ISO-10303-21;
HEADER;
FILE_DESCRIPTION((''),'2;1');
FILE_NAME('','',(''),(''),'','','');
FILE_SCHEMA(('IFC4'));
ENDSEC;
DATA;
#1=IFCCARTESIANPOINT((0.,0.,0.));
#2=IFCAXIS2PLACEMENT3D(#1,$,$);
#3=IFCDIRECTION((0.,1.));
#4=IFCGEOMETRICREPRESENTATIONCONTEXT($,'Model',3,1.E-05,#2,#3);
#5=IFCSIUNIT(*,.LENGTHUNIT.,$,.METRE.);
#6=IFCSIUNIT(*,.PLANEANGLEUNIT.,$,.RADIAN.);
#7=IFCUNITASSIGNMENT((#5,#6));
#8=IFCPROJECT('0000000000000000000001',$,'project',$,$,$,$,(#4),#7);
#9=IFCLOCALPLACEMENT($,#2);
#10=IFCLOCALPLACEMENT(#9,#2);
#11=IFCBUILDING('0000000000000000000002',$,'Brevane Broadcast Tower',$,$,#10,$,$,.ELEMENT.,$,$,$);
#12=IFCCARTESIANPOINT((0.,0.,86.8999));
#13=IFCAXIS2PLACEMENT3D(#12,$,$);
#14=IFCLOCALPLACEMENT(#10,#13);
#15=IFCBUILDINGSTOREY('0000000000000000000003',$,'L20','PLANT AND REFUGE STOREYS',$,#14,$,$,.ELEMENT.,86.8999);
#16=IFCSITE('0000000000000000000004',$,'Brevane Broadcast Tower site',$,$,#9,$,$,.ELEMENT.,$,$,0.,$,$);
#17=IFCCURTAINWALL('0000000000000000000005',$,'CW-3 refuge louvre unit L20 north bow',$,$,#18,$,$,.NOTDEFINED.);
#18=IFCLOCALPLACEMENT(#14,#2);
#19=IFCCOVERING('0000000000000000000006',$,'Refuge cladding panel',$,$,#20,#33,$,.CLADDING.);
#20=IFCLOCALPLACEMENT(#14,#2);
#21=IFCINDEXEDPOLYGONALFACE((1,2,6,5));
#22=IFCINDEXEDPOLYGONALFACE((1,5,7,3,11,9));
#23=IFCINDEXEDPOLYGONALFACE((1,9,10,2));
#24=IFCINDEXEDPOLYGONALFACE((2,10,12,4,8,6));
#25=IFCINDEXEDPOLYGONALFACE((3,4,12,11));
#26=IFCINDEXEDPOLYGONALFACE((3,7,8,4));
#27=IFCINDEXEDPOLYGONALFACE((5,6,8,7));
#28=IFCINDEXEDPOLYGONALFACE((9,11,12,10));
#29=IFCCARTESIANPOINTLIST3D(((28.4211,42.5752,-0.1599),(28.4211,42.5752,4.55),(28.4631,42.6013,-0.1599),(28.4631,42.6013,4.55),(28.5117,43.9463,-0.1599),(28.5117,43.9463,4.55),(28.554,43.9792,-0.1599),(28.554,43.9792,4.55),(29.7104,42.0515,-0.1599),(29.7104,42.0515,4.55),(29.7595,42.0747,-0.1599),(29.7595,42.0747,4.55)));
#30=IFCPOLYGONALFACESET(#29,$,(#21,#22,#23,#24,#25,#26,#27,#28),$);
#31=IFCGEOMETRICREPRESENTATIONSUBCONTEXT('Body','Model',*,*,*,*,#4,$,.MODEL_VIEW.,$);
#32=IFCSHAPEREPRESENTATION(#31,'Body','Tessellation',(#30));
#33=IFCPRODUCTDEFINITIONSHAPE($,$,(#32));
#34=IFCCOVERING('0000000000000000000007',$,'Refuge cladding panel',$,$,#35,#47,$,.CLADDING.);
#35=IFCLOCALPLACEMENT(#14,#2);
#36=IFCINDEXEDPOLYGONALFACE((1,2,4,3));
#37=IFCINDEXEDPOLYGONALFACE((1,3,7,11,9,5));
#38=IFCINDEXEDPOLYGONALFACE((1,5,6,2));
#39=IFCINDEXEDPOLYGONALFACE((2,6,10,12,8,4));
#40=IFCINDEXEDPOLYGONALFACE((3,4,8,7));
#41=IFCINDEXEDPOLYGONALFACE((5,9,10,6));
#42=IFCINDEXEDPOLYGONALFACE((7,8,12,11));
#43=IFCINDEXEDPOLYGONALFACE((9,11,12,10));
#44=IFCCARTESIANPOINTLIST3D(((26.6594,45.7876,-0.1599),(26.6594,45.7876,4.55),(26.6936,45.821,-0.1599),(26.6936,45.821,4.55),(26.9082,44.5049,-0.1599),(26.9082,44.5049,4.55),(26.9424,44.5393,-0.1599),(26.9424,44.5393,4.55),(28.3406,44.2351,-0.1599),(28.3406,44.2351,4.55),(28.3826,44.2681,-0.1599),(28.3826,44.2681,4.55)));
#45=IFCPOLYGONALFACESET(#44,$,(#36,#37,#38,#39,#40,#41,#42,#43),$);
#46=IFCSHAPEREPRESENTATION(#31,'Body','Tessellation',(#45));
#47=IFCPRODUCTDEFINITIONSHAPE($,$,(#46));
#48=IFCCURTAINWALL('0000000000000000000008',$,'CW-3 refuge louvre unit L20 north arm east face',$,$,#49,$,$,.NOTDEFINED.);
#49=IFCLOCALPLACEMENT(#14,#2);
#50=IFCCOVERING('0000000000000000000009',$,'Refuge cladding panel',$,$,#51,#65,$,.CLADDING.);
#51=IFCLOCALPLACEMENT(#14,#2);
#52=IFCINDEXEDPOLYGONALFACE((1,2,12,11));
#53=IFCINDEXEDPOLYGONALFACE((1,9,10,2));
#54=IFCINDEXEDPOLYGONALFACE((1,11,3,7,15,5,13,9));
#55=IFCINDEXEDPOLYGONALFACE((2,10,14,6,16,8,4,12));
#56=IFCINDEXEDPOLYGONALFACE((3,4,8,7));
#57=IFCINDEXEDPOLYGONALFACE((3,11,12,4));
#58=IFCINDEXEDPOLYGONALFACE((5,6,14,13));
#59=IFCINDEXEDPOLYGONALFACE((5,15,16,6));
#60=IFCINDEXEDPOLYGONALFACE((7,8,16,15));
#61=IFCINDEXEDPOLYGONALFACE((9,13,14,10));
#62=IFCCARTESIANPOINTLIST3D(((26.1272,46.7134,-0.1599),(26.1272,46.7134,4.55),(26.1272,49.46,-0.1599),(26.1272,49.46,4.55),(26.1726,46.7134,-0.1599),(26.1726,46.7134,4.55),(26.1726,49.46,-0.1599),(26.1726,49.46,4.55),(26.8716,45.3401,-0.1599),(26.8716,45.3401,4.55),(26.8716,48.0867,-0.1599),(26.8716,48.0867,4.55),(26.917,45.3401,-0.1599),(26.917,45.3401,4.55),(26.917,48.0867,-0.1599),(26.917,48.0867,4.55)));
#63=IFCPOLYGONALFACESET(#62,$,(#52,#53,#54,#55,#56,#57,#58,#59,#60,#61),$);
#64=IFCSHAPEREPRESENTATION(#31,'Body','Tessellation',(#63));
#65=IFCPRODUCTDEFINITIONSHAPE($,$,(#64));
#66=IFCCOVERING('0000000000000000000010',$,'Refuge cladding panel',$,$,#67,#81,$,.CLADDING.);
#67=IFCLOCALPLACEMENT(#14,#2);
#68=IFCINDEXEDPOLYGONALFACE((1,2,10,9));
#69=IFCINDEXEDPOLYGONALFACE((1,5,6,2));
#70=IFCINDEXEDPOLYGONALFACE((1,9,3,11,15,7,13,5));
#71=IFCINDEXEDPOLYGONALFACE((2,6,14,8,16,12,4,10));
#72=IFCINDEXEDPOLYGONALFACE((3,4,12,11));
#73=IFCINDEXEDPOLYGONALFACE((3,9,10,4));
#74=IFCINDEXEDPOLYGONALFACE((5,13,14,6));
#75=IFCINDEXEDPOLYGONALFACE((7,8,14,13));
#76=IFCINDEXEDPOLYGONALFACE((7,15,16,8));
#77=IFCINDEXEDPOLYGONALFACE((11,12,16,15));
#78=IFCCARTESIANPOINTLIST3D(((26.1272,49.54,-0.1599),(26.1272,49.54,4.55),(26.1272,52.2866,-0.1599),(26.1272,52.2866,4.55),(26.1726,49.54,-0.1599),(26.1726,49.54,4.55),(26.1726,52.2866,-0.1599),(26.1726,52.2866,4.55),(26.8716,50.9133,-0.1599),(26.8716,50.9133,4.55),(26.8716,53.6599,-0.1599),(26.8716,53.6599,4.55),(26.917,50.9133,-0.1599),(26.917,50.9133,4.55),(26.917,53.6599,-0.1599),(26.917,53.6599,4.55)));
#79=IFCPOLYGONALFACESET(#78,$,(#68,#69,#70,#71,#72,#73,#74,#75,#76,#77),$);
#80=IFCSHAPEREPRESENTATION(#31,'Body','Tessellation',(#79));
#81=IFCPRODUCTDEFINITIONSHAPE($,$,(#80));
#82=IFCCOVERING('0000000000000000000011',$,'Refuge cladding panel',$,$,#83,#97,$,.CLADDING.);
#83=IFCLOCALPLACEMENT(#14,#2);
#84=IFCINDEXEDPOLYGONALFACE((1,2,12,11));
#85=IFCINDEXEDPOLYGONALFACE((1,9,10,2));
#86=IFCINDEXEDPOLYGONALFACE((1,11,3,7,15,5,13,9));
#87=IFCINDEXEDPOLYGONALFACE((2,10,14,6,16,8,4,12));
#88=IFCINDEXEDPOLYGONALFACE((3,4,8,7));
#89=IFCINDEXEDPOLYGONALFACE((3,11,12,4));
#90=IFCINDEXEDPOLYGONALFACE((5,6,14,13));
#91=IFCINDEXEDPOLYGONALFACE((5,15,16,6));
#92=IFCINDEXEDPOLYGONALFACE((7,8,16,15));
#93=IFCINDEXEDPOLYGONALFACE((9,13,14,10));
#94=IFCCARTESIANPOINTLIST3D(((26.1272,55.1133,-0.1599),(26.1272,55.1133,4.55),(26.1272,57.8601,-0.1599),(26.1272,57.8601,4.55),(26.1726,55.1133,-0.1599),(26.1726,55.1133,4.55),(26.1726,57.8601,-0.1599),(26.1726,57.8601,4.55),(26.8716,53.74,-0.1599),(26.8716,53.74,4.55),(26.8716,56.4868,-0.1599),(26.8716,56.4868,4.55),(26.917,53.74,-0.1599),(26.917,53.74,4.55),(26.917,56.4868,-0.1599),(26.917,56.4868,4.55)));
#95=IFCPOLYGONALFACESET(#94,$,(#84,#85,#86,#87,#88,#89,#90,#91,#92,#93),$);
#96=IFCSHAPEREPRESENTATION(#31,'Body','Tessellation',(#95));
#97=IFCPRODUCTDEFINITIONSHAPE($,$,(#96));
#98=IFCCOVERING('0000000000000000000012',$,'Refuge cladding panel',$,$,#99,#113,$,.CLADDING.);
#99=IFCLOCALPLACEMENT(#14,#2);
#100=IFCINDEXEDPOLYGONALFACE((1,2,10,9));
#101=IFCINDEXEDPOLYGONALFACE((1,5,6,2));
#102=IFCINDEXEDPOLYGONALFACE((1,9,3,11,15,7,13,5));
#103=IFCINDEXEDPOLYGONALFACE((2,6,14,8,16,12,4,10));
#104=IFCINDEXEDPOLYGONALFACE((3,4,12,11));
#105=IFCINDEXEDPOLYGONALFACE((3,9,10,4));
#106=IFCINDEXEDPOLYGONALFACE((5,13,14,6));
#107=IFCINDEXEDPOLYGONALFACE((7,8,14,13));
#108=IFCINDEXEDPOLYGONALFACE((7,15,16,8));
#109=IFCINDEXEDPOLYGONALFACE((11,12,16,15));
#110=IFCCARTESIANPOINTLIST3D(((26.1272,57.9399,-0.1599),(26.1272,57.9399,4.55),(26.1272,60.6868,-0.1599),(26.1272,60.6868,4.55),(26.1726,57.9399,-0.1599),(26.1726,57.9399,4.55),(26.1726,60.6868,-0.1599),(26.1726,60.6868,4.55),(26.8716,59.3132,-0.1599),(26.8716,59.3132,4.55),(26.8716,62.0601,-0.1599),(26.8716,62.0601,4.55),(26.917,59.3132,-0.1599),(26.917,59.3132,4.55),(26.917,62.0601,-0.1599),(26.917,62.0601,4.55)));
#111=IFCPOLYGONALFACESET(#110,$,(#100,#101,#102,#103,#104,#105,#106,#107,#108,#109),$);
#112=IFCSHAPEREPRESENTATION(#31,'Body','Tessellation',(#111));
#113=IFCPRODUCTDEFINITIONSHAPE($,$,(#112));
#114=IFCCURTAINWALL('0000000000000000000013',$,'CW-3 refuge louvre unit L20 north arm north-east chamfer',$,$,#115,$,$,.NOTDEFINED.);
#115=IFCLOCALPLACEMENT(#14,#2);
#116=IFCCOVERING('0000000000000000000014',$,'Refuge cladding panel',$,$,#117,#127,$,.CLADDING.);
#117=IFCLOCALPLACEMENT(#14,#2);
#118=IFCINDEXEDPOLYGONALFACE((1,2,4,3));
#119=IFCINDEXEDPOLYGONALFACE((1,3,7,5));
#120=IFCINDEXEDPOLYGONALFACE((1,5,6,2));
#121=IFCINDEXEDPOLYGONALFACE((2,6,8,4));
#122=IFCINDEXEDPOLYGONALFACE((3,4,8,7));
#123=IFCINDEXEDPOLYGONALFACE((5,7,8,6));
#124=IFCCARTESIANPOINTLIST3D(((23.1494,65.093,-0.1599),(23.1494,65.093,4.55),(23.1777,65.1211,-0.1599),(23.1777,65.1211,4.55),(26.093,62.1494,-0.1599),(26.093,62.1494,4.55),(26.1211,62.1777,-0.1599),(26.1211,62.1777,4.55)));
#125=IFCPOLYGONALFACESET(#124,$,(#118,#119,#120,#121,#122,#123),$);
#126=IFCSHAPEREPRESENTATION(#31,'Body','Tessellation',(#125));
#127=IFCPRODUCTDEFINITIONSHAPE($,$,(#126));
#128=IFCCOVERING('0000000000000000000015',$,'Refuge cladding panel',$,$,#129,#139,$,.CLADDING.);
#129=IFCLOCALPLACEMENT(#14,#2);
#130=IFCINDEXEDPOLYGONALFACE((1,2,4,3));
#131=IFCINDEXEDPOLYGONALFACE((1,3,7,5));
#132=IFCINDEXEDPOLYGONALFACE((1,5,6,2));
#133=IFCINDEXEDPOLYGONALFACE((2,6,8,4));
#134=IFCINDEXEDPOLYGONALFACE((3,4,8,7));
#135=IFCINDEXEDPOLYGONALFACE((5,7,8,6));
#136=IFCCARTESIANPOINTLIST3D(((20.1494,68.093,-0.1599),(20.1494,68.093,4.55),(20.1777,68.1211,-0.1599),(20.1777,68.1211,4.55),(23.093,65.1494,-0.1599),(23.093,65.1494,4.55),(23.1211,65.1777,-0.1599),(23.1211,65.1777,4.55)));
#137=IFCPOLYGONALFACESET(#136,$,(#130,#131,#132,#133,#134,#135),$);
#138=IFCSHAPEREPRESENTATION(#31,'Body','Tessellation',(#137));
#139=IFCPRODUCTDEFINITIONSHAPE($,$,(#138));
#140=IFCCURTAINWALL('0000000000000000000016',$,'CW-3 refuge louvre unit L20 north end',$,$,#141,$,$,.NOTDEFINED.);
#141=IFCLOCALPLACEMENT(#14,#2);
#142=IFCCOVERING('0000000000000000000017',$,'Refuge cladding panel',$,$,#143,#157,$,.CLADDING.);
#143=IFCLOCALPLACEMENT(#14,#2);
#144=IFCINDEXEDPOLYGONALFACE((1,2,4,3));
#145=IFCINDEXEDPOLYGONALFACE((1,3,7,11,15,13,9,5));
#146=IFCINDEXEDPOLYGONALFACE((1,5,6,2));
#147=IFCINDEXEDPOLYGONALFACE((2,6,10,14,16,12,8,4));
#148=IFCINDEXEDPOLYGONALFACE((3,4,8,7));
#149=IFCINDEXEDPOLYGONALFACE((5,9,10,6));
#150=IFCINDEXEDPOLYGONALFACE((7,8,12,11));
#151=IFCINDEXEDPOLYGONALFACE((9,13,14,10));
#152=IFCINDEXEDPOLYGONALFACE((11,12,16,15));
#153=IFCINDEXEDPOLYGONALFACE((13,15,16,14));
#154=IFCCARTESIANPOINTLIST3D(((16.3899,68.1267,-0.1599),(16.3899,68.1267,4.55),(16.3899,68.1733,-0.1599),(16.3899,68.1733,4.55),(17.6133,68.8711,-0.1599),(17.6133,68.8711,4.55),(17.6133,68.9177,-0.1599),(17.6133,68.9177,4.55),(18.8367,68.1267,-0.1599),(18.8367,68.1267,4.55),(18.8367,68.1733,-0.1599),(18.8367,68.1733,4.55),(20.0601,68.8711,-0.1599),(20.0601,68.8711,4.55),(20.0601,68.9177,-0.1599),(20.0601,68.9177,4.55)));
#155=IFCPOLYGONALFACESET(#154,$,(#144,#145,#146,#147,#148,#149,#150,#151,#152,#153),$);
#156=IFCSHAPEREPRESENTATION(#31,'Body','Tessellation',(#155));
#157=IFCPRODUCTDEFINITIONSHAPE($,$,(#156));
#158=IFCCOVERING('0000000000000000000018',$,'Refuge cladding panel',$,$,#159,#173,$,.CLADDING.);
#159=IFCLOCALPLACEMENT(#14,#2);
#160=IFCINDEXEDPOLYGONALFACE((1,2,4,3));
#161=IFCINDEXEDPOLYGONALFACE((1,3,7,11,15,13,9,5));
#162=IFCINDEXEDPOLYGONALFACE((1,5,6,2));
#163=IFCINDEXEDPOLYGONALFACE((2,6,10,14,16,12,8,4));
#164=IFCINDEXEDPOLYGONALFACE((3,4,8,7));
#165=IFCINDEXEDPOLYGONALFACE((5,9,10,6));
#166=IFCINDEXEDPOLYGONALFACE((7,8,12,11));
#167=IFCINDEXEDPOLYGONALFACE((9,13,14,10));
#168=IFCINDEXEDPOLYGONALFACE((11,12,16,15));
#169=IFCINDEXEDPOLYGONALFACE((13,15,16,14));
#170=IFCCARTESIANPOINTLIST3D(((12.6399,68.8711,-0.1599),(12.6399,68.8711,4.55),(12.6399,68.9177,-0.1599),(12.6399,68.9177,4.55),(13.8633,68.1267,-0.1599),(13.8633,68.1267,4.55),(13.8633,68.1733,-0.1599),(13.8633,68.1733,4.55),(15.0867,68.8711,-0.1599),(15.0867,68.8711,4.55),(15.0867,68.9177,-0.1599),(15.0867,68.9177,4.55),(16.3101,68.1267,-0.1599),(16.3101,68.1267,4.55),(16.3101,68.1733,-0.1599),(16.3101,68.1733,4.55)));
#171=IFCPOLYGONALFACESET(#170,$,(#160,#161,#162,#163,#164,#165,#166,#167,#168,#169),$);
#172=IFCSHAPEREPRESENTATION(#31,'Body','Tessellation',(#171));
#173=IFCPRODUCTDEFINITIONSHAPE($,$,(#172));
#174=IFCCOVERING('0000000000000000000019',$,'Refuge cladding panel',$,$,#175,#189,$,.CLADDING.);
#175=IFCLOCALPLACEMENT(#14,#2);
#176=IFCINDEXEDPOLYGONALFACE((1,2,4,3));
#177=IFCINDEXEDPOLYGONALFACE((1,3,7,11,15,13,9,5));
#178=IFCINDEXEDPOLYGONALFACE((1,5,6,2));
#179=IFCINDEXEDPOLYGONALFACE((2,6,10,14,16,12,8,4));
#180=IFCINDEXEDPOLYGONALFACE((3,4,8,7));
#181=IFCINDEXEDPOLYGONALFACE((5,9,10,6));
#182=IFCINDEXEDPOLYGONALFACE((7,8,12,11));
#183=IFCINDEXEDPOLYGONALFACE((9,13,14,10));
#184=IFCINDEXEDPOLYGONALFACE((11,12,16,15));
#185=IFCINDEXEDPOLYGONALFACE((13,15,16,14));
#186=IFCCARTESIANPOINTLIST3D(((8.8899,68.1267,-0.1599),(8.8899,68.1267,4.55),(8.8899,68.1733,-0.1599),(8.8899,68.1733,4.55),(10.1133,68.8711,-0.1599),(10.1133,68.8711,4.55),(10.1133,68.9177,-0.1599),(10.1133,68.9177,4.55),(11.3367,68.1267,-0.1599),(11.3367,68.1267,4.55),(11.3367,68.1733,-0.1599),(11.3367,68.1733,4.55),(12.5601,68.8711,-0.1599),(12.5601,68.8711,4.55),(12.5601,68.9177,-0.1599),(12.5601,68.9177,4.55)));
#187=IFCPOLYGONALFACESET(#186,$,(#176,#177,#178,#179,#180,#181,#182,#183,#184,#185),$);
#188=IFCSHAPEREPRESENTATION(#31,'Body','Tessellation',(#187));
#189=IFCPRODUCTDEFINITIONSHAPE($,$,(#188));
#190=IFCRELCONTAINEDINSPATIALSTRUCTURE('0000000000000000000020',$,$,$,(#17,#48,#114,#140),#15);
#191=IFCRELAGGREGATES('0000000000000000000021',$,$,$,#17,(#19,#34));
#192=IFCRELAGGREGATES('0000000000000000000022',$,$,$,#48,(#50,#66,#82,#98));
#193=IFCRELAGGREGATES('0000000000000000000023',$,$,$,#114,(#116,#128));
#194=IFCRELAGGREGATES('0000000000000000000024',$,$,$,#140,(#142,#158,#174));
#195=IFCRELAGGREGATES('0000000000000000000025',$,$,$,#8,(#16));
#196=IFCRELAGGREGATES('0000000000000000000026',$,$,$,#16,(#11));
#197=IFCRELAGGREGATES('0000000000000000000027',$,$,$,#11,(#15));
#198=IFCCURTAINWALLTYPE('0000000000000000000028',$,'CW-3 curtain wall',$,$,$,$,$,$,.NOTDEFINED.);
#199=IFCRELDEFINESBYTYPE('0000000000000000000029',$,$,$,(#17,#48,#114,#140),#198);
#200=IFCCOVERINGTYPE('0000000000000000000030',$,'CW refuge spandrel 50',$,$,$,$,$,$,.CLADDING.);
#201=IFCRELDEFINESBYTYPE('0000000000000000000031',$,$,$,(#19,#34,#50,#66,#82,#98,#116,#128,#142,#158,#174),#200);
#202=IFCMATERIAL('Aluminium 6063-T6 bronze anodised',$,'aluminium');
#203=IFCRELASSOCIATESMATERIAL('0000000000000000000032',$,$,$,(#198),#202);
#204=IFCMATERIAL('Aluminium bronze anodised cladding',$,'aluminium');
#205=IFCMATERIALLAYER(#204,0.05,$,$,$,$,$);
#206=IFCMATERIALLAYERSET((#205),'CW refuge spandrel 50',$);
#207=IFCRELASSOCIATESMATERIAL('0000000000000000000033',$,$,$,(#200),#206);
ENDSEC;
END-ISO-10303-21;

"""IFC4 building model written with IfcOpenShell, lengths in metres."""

from ifc_helpers import new_model, si_unit, direction, frame, origin, place, context, subcontext, project, spatial, polyline, outline, extrude, material, layer, layer_set, type_object, element, aggregate, save


model = new_model("IFC4")

# Units and contexts
model_context = context("Model", 3, precision=1e-05, world=origin(), true_north=direction((0.0, 1.0)))
body_context = subcontext(model_context, "Body", "Model", "MODEL_VIEW")
ifc_project = project(units=[si_unit("LENGTHUNIT", "METRE"), si_unit("PLANEANGLEUNIT", "RADIAN")], contexts=[model_context])

# Site, building, storey
site_placement = place(None, origin())
site = spatial("IfcSite", under=ifc_project, at=site_placement, Name="Brevane Broadcast Tower site", CompositionType="ELEMENT", RefElevation=0.0)
building_placement = place(site_placement, origin())
building = spatial("IfcBuilding", under=site, at=building_placement, Name="Brevane Broadcast Tower", CompositionType="ELEMENT")
storey_placement = place(building_placement, frame((0.0, 0.0, 86.8999)))
storey = spatial("IfcBuildingStorey", under=building, at=storey_placement, Name="L20", Description="PLANT AND REFUGE STOREYS", CompositionType="ELEMENT", Elevation=86.8999)

# Shared definitions
ifc_material_1 = material(Name="Aluminium 6063-T6 bronze anodised", Category="aluminium")
curtain_wall_type = type_object("IfcCurtainWallType", Name="CW-3 curtain wall", PredefinedType="NOTDEFINED", material=ifc_material_1)

# Shared definitions
ifc_material_2 = material(Name="Aluminium bronze anodised cladding", Category="aluminium")
ifc_layer = layer(ifc_material_2, 0.05)
ifc_layer_set = layer_set([ifc_layer], Name="CW refuge spandrel 50")
covering_type = type_object("IfcCoveringType", Name="CW refuge spandrel 50", PredefinedType="CLADDING", material=ifc_layer_set)

# Curtain walls, coverings
curtain_wall_1_placement = place(storey_placement, origin())
curtain_wall_1 = element("IfcCurtainWall", 1, at=curtain_wall_1_placement, inside=storey, type_object=curtain_wall_type, Name="CW-3 refuge louvre unit L20 north bow", PredefinedType="NOTDEFINED")
covering_1_placement = place(storey_placement, frame((0.0, 0.0, -0.1599)))
covering_1 = element("IfcCovering", 2, at=covering_1_placement, type_object=covering_type, Name="Refuge cladding panel", PredefinedType="CLADDING", context=body_context, shape_type="SweptSolid", body=[
    extrude(outline(polyline([(29.7104, 42.0515), (29.7595, 42.0747), (28.4631, 42.6013), (28.554, 43.9792), (28.5117, 43.9463), (28.4211, 42.5752), (29.7104, 42.0515)])), origin(), (0.0, 0.0, 1.0), 4.71),
])
covering_2_placement = place(storey_placement, frame((0.0, 0.0, -0.1599)))
covering_2 = element("IfcCovering", 3, at=covering_2_placement, type_object=covering_type, Name="Refuge cladding panel", PredefinedType="CLADDING", context=body_context, shape_type="SweptSolid", body=[
    extrude(outline(polyline([(28.3406, 44.2351), (28.3826, 44.2681), (26.9424, 44.5393), (26.6936, 45.821), (26.6594, 45.7876), (26.9082, 44.5049), (28.3406, 44.2351)])), origin(), (0.0, 0.0, 1.0), 4.71),
])
aggregate(curtain_wall_1, [covering_1, covering_2])
curtain_wall_2_placement = place(storey_placement, origin())
curtain_wall_2 = element("IfcCurtainWall", 4, at=curtain_wall_2_placement, inside=storey, type_object=curtain_wall_type, Name="CW-3 refuge louvre unit L20 north arm east face", PredefinedType="NOTDEFINED")
covering_3_placement = place(storey_placement, frame((0.0, 0.0, -0.1599)))
covering_3 = element("IfcCovering", 5, at=covering_3_placement, type_object=covering_type, Name="Refuge cladding panel", PredefinedType="CLADDING", context=body_context, shape_type="SweptSolid", body=[
    extrude(outline(polyline([(26.8716, 45.3401), (26.917, 45.3401), (26.1726, 46.7134), (26.917, 48.0867), (26.1726, 49.46), (26.1272, 49.46), (26.8716, 48.0867), (26.1272, 46.7134), (26.8716, 45.3401)])), origin(), (0.0, 0.0, 1.0), 4.71),
])
covering_4_placement = place(storey_placement, frame((0.0, 0.0, -0.1599)))
covering_4 = element("IfcCovering", 6, at=covering_4_placement, type_object=covering_type, Name="Refuge cladding panel", PredefinedType="CLADDING", context=body_context, shape_type="SweptSolid", body=[
    extrude(outline(polyline([(26.1272, 49.54), (26.1726, 49.54), (26.917, 50.9133), (26.1726, 52.2866), (26.917, 53.6599), (26.8716, 53.6599), (26.1272, 52.2866), (26.8716, 50.9133), (26.1272, 49.54)])), origin(), (0.0, 0.0, 1.0), 4.71),
])
covering_5_placement = place(storey_placement, frame((0.0, 0.0, -0.1599)))
covering_5 = element("IfcCovering", 7, at=covering_5_placement, type_object=covering_type, Name="Refuge cladding panel", PredefinedType="CLADDING", context=body_context, shape_type="SweptSolid", body=[
    extrude(outline(polyline([(26.8716, 53.74), (26.917, 53.74), (26.1726, 55.1133), (26.917, 56.4868), (26.1726, 57.8601), (26.1272, 57.8601), (26.8716, 56.4868), (26.1272, 55.1133), (26.8716, 53.74)])), origin(), (0.0, 0.0, 1.0), 4.71),
])
covering_6_placement = place(storey_placement, frame((0.0, 0.0, -0.1599)))
covering_6 = element("IfcCovering", 8, at=covering_6_placement, type_object=covering_type, Name="Refuge cladding panel", PredefinedType="CLADDING", context=body_context, shape_type="SweptSolid", body=[
    extrude(outline(polyline([(26.1272, 57.9399), (26.1726, 57.9399), (26.917, 59.3132), (26.1726, 60.6868), (26.917, 62.0601), (26.8716, 62.0601), (26.1272, 60.6868), (26.8716, 59.3132), (26.1272, 57.9399)])), origin(), (0.0, 0.0, 1.0), 4.71),
])
aggregate(curtain_wall_2, [covering_3, covering_4, covering_5, covering_6])
curtain_wall_3_placement = place(storey_placement, origin())
curtain_wall_3 = element("IfcCurtainWall", 9, at=curtain_wall_3_placement, inside=storey, type_object=curtain_wall_type, Name="CW-3 refuge louvre unit L20 north arm north-east chamfer", PredefinedType="NOTDEFINED")
covering_7_placement = place(storey_placement, frame((0.0, 0.0, -0.1599)))
covering_7 = element("IfcCovering", 10, at=covering_7_placement, type_object=covering_type, Name="Refuge cladding panel", PredefinedType="CLADDING", context=body_context, shape_type="SweptSolid", body=[
    extrude(outline(polyline([(26.093, 62.1494), (23.1494, 65.093), (23.1777, 65.1211), (26.1211, 62.1777), (26.093, 62.1494)])), origin(), (0.0, 0.0, 1.0), 4.71),
])
covering_8_placement = place(storey_placement, frame((0.0, 0.0, -0.1599)))
covering_8 = element("IfcCovering", 11, at=covering_8_placement, type_object=covering_type, Name="Refuge cladding panel", PredefinedType="CLADDING", context=body_context, shape_type="SweptSolid", body=[
    extrude(outline(polyline([(23.093, 65.1494), (20.1494, 68.093), (20.1777, 68.1211), (23.1211, 65.1777), (23.093, 65.1494)])), origin(), (0.0, 0.0, 1.0), 4.71),
])
aggregate(curtain_wall_3, [covering_7, covering_8])
curtain_wall_4_placement = place(storey_placement, origin())
curtain_wall_4 = element("IfcCurtainWall", 12, at=curtain_wall_4_placement, inside=storey, type_object=curtain_wall_type, Name="CW-3 refuge louvre unit L20 north end", PredefinedType="NOTDEFINED")
covering_9_placement = place(storey_placement, frame((0.0, 0.0, -0.1599)))
covering_9 = element("IfcCovering", 13, at=covering_9_placement, type_object=covering_type, Name="Refuge cladding panel", PredefinedType="CLADDING", context=body_context, shape_type="SweptSolid", body=[
    extrude(outline(polyline([(20.0601, 68.8711), (20.0601, 68.9177), (18.8367, 68.1733), (17.6133, 68.9177), (16.3899, 68.1733), (16.3899, 68.1267), (17.6133, 68.8711), (18.8367, 68.1267), (20.0601, 68.8711)])), origin(), (0.0, 0.0, 1.0), 4.71),
])
covering_10_placement = place(storey_placement, frame((0.0, 0.0, -0.1599)))
covering_10 = element("IfcCovering", 14, at=covering_10_placement, type_object=covering_type, Name="Refuge cladding panel", PredefinedType="CLADDING", context=body_context, shape_type="SweptSolid", body=[
    extrude(outline(polyline([(16.3101, 68.1267), (16.3101, 68.1733), (15.0867, 68.9177), (13.8633, 68.1733), (12.6399, 68.9177), (12.6399, 68.8711), (13.8633, 68.1267), (15.0867, 68.8711), (16.3101, 68.1267)])), origin(), (0.0, 0.0, 1.0), 4.71),
])
covering_11_placement = place(storey_placement, frame((0.0, 0.0, -0.1599)))
covering_11 = element("IfcCovering", 15, at=covering_11_placement, type_object=covering_type, Name="Refuge cladding panel", PredefinedType="CLADDING", context=body_context, shape_type="SweptSolid", body=[
    extrude(outline(polyline([(12.5601, 68.8711), (12.5601, 68.9177), (11.3367, 68.1733), (10.1133, 68.9177), (8.8899, 68.1733), (8.8899, 68.1267), (10.1133, 68.8711), (11.3367, 68.1267), (12.5601, 68.8711)])), origin(), (0.0, 0.0, 1.0), 4.71),
])
aggregate(curtain_wall_4, [covering_9, covering_10, covering_11])

save(model, "model.ifc")
